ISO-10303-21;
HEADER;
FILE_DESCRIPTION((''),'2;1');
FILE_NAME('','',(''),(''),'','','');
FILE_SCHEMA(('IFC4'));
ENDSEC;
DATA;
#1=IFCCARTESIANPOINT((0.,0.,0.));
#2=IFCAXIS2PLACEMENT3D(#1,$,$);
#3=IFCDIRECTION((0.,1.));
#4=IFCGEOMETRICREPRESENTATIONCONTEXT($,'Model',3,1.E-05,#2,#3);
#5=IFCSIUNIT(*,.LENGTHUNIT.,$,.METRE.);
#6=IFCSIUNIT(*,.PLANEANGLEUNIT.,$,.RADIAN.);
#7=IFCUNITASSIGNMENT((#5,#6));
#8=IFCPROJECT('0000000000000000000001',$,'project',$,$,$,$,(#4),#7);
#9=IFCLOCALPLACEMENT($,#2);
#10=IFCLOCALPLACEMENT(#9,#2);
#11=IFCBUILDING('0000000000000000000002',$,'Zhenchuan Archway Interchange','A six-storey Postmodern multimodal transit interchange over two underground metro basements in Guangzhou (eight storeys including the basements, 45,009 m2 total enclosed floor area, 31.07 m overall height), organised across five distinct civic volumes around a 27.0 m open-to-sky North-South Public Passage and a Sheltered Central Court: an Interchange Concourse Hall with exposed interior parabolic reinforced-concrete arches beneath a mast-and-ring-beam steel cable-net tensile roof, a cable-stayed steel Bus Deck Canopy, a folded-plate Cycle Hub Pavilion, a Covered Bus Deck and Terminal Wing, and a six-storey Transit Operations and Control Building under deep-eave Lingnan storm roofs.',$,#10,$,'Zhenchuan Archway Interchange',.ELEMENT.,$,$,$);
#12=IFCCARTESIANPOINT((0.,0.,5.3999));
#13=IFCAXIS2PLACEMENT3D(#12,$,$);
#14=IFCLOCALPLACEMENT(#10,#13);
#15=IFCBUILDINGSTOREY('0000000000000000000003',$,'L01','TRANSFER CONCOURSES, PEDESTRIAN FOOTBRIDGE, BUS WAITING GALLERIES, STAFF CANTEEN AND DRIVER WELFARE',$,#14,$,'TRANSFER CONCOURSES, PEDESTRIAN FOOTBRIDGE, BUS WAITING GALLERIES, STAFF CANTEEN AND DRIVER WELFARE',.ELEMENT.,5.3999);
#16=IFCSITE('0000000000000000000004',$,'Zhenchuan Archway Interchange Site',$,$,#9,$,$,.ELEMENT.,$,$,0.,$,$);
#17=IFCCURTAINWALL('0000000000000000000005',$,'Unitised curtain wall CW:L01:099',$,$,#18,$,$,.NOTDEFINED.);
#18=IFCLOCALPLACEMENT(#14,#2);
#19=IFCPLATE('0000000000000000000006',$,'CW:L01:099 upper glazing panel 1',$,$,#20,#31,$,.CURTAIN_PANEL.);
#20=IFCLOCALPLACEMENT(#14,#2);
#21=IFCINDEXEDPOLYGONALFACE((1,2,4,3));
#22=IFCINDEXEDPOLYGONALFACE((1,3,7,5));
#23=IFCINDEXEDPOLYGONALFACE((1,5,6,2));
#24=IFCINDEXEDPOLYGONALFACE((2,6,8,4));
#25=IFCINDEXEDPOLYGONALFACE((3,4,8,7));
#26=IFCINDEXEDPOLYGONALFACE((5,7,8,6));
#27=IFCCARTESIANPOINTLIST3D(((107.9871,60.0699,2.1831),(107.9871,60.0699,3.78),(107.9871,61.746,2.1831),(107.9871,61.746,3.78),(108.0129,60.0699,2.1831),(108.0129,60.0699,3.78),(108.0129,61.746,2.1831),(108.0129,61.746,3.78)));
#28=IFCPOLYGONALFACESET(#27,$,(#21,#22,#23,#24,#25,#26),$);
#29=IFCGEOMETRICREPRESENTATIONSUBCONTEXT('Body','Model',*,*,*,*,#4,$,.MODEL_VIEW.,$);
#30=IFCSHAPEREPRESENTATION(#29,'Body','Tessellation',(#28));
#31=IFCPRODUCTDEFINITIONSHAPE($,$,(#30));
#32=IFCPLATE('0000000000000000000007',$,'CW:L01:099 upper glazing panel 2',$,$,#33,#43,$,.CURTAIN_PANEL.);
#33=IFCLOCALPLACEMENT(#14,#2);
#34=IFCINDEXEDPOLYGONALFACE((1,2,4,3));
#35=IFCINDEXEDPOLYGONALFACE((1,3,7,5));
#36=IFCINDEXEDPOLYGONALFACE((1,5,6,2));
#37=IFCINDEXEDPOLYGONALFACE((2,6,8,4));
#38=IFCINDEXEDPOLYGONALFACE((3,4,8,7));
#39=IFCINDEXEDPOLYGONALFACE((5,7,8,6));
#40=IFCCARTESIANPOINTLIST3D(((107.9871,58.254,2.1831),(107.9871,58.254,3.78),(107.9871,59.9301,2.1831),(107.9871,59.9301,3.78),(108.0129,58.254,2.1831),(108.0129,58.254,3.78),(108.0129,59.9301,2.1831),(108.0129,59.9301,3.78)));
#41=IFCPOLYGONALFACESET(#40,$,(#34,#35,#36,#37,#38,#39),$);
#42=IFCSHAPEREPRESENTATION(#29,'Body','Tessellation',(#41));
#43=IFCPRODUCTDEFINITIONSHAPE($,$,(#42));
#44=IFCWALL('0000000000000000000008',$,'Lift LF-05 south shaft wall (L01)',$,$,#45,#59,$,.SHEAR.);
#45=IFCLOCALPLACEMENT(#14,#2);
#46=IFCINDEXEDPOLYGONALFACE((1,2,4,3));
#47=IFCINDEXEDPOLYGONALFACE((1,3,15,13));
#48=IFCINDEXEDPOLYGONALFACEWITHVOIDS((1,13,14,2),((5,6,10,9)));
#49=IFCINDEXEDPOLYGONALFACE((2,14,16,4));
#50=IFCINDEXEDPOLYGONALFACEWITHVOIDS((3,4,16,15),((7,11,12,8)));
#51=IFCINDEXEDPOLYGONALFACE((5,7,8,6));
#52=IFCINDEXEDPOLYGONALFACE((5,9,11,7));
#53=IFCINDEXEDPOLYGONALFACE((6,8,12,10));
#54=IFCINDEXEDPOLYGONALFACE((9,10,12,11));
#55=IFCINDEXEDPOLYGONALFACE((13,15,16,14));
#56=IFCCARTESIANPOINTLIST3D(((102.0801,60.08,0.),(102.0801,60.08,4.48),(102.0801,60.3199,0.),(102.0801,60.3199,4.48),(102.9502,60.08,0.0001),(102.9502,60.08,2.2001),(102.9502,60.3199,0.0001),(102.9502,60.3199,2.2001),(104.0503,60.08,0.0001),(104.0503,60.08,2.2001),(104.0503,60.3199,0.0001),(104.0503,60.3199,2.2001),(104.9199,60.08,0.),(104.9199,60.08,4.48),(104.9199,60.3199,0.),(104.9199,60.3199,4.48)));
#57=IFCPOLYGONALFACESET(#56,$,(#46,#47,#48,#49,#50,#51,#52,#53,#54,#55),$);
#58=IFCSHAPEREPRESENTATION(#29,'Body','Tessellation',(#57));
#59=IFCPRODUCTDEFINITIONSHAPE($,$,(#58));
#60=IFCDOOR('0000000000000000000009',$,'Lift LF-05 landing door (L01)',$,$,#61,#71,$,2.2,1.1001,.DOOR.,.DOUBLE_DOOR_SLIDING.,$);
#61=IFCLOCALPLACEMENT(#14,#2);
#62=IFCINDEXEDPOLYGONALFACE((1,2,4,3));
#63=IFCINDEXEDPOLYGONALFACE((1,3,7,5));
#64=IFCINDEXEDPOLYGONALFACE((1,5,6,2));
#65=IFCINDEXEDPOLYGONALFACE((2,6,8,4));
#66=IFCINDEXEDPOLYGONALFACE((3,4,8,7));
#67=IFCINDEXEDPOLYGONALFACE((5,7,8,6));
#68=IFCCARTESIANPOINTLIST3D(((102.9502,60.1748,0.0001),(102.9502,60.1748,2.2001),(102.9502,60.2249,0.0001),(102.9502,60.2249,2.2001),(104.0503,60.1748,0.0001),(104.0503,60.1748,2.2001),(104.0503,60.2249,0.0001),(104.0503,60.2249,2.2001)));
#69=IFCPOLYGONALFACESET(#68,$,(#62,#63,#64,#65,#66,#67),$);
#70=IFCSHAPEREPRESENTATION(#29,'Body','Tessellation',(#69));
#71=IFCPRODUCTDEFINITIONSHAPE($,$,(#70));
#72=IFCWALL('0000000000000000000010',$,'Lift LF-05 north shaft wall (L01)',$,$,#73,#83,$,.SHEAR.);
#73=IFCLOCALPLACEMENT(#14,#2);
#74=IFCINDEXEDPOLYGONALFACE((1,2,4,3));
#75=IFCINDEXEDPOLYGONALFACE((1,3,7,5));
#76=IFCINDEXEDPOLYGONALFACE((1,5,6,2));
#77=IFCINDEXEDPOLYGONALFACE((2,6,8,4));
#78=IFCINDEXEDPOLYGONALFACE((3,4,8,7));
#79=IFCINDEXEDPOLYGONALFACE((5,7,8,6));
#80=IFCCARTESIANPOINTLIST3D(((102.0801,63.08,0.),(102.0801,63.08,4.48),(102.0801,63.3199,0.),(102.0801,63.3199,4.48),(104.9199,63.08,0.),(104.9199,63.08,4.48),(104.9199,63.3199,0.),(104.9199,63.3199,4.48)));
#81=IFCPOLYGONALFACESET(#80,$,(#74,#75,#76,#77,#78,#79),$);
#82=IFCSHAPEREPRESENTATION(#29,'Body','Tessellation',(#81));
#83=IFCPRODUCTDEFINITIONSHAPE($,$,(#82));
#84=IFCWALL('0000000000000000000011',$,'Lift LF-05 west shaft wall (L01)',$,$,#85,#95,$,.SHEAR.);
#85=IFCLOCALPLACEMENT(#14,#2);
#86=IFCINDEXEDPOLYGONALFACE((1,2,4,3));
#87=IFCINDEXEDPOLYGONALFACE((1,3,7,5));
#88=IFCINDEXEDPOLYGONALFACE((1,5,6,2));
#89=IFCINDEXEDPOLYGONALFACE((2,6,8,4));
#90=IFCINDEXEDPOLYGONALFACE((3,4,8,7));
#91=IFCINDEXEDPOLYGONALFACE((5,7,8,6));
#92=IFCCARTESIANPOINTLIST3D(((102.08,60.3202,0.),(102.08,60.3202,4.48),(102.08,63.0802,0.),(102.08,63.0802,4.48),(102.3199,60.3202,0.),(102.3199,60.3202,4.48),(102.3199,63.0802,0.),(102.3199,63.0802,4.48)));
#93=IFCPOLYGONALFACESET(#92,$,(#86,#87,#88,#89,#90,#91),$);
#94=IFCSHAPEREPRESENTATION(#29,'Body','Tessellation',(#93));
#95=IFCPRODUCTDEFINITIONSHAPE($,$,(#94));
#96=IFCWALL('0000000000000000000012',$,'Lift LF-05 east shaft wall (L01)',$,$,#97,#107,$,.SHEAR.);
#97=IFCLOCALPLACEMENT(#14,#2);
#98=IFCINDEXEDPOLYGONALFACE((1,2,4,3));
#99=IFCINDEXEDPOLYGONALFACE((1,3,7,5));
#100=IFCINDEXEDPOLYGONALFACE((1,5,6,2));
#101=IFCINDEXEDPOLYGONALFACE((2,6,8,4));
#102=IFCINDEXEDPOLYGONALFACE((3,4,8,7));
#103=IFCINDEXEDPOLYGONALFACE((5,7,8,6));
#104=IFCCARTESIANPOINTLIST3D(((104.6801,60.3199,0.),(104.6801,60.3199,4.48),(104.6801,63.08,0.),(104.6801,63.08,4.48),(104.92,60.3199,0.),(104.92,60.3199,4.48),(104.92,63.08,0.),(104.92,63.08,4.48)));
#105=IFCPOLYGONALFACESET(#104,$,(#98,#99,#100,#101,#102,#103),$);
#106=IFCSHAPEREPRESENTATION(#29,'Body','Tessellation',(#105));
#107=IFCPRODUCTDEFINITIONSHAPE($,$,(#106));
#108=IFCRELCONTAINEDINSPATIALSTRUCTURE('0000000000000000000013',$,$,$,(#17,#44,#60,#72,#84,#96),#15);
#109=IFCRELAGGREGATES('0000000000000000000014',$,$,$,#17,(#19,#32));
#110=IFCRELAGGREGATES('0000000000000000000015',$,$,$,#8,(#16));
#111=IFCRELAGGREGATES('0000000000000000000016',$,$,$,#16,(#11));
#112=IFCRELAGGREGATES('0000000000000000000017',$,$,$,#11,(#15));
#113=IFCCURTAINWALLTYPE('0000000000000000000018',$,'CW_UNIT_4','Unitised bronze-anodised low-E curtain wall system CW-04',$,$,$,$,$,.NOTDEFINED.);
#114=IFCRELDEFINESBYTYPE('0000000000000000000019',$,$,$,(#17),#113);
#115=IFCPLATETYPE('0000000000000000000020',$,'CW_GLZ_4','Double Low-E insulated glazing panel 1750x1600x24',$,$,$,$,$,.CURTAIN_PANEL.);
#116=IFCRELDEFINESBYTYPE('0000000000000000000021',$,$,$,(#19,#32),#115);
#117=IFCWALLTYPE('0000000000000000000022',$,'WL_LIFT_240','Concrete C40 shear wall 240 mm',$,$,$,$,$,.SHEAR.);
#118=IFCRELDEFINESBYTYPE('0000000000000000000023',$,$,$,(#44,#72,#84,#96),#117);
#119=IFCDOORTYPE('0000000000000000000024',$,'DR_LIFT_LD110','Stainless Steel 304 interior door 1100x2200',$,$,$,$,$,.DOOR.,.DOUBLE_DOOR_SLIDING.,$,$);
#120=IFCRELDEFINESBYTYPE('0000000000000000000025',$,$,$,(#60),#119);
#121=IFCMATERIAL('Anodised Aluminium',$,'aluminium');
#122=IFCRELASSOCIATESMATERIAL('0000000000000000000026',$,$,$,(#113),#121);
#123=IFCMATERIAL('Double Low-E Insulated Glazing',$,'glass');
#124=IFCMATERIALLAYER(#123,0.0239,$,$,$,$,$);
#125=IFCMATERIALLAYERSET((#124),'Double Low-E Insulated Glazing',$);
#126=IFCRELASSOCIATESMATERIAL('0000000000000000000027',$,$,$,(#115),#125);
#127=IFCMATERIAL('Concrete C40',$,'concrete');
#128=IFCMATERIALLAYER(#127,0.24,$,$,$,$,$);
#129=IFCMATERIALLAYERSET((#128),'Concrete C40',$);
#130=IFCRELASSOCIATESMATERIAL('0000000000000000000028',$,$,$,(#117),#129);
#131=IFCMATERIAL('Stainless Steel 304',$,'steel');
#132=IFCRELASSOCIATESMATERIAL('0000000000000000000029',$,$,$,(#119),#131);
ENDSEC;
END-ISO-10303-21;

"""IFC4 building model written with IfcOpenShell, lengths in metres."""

from ifc_helpers import new_model, si_unit, direction, frame, frame_2d, origin, origin_2d, place, context, subcontext, project, spatial, rectangle, extrude, material, layer, layer_set, type_object, element, fill, aggregate, save


model = new_model("IFC4")

# Units and contexts
model_context = context("Model", 3, precision=1e-05, world=origin(), true_north=direction((0.0, 1.0)))
body_context = subcontext(model_context, "Body", "Model", "MODEL_VIEW")
ifc_project = project(units=[si_unit("LENGTHUNIT", "METRE"), si_unit("PLANEANGLEUNIT", "RADIAN")], contexts=[model_context])

# Site, building, storey
site_placement = place(None, origin())
site = spatial("IfcSite", under=ifc_project, at=site_placement, Name="Zhenchuan Archway Interchange Site", CompositionType="ELEMENT", RefElevation=0.0)
building_placement = place(site_placement, origin())
building = spatial("IfcBuilding", under=site, at=building_placement, Name="Zhenchuan Archway Interchange", Description="A six-storey Postmodern multimodal transit interchange over two underground metro basements in Guangzhou (eight storeys including the basements, 45,009 m2 total enclosed floor area, 31.07 m overall height), organised across five distinct civic volumes around a 27.0 m open-to-sky North-South Public Passage and a Sheltered Central Court: an Interchange Concourse Hall with exposed interior parabolic reinforced-concrete arches beneath a mast-and-ring-beam steel cable-net tensile roof, a cable-stayed steel Bus Deck Canopy, a folded-plate Cycle Hub Pavilion, a Covered Bus Deck and Terminal Wing, and a six-storey Transit Operations and Control Building under deep-eave Lingnan storm roofs.", LongName="Zhenchuan Archway Interchange", CompositionType="ELEMENT")
storey_placement = place(building_placement, frame((0.0, 0.0, 5.3999)))
storey = spatial("IfcBuildingStorey", under=building, at=storey_placement, Name="L01", Description="TRANSFER CONCOURSES, PEDESTRIAN FOOTBRIDGE, BUS WAITING GALLERIES, STAFF CANTEEN AND DRIVER WELFARE", LongName="TRANSFER CONCOURSES, PEDESTRIAN FOOTBRIDGE, BUS WAITING GALLERIES, STAFF CANTEEN AND DRIVER WELFARE", CompositionType="ELEMENT", Elevation=5.3999)

# Shared definitions
ifc_material_1 = material(Name="Concrete C40", Category="concrete")

# Curtain wall, plates
ifc_material_2 = material(Name="Anodised Aluminium", Category="aluminium")
curtain_wall_type = type_object("IfcCurtainWallType", Name="CW_UNIT_4", Description="Unitised bronze-anodised low-E curtain wall system CW-04", PredefinedType="NOTDEFINED", material=ifc_material_2)
curtain_wall_placement = place(storey_placement, origin())
curtain_wall = element("IfcCurtainWall", 1, at=curtain_wall_placement, inside=storey, type_object=curtain_wall_type, Name="Unitised curtain wall CW:L01:099", PredefinedType="NOTDEFINED")
ifc_material_3 = material(Name="Double Low-E Insulated Glazing", Category="glass")
ifc_layer_1 = layer(ifc_material_3, 0.0239)
ifc_layer_set_1 = layer_set([ifc_layer_1], Name="Double Low-E Insulated Glazing")
plate_type_1 = type_object("IfcPlateType", Name="CW_GLZ_4", Description="Double Low-E insulated glazing panel 1750x1600x24", PredefinedType="CURTAIN_PANEL", material=ifc_layer_set_1)
plate_1_placement = place(storey_placement, frame((108.0, 60.908, 2.1831), z_axis=(0.0, 0.0, 1.0), x_axis=(0.0, -1.0, 0.0)))
plate_1 = element("IfcPlate", 2, at=plate_1_placement, type_object=plate_type_1, Name="CW:L01:099 upper glazing panel 1", PredefinedType="CURTAIN_PANEL", context=body_context, shape_type="SweptSolid", body=[
    extrude(rectangle(XDim=1.676, YDim=0.0259, at=origin_2d()), origin(), (0.0, 0.0, 1.0), 1.5969),
])
plate_2_placement = place(storey_placement, frame((108.0, 59.092, 2.1831), z_axis=(0.0, 0.0, 1.0), x_axis=(0.0, -1.0, 0.0)))
plate_2 = element("IfcPlate", 3, at=plate_2_placement, type_object=plate_type_1, Name="CW:L01:099 upper glazing panel 2", PredefinedType="CURTAIN_PANEL", context=body_context, shape_type="SweptSolid", body=[
    extrude(rectangle(XDim=1.676, YDim=0.0259, at=origin_2d()), origin(), (0.0, 0.0, 1.0), 1.5969),
])
aggregate(curtain_wall, [plate_1, plate_2])

# Wall, opening, door
ifc_layer_2 = layer(ifc_material_1, 0.24)
ifc_layer_set_2 = layer_set([ifc_layer_2], Name="Concrete C40")
wall_type = type_object("IfcWallType", Name="WL_LIFT_240", Description="Concrete C40 shear wall 240 mm", PredefinedType="SHEAR", material=ifc_layer_set_2)
wall_1_placement = place(storey_placement, frame((102.0801, 60.2, 0.0), z_axis=(0.0, 0.0, 1.0), x_axis=(1.0, 0.0, 0.0)))
wall_1 = element("IfcWall", 4, at=wall_1_placement, inside=storey, type_object=wall_type, Name="Lift LF-05 south shaft wall (L01)", PredefinedType="SHEAR", context=body_context, shape_type="SweptSolid", body=[
    extrude(rectangle(XDim=2.8398, YDim=0.24, at=frame_2d((1.4199, 0.0))), origin(), (0.0, 0.0, 1.0), 4.48),
])
opening_placement = place(wall_1_placement, frame((0.8701, 0.0, 0.0)))
opening = element("IfcOpeningElement", 5, at=opening_placement, cuts=wall_1, PredefinedType="OPENING", context=body_context, shape_type="SweptSolid", body=[
    extrude(rectangle(XDim=1.1001, YDim=2.2, at=frame_2d((0.55, 1.1001))), frame((0.0, 0.1318, 0.0), z_axis=(0.0, -1.0, 0.0), x_axis=(1.0, 0.0, 0.0)), (0.0, 0.0, 1.0), 0.2639),
])
ifc_material_4 = material(Name="Stainless Steel 304", Category="steel")
door_type = type_object("IfcDoorType", Name="DR_LIFT_LD110", Description="Stainless Steel 304 interior door 1100x2200", OperationType="DOUBLE_DOOR_SLIDING", PredefinedType="DOOR", material=ifc_material_4)
door_placement = place(opening_placement, origin())
door = element("IfcDoor", 6, at=door_placement, inside=storey, type_object=door_type, Name="Lift LF-05 landing door (L01)", OperationType="DOUBLE_DOOR_SLIDING", OverallHeight=2.2, OverallWidth=1.1001, PredefinedType="DOOR", context=body_context, shape_type="SweptSolid", body=[
    extrude(rectangle(XDim=1.1001, YDim=2.2, at=frame_2d((0.55, 1.1001))), frame((0.0, 0.0249, 0.0), z_axis=(0.0, -1.0, 0.0), x_axis=(1.0, 0.0, 0.0)), (0.0, 0.0, 1.0), 0.05),
])
fill(opening, door)

# Walls
wall_2_placement = place(storey_placement, frame((104.9199, 63.2, 0.0), z_axis=(0.0, 0.0, 1.0), x_axis=(-1.0, 0.0, 0.0)))
element("IfcWall", 7, at=wall_2_placement, inside=storey, type_object=wall_type, Name="Lift LF-05 north shaft wall (L01)", PredefinedType="SHEAR", context=body_context, shape_type="SweptSolid", body=[
    extrude(rectangle(XDim=2.8398, YDim=0.24, at=frame_2d((1.4199, 0.0))), origin(), (0.0, 0.0, 1.0), 4.48),
])
for number, where, z_axis, x_axis, name in (
    (8, (102.2, 63.0801, 0.0), (0.0, 0.0, 1.0), (0.0, -1.0, 0.0), "Lift LF-05 west shaft wall (L01)"),
    (9, (104.8, 60.3201, 0.0), (0.0, 0.0, 1.0), (0.0, 1.0, 0.0), "Lift LF-05 east shaft wall (L01)"),
):
    element("IfcWall", number, at=place(storey_placement, frame(where, z_axis=z_axis, x_axis=x_axis)), inside=storey, type_object=wall_type, Name=name, PredefinedType="SHEAR", context=body_context, shape_type="SweptSolid", body=[
        extrude(rectangle(XDim=2.76, YDim=0.24, at=frame_2d((1.3799, 0.0))), origin(), (0.0, 0.0, 1.0), 4.48),
    ])

save(model, "model.ifc")
